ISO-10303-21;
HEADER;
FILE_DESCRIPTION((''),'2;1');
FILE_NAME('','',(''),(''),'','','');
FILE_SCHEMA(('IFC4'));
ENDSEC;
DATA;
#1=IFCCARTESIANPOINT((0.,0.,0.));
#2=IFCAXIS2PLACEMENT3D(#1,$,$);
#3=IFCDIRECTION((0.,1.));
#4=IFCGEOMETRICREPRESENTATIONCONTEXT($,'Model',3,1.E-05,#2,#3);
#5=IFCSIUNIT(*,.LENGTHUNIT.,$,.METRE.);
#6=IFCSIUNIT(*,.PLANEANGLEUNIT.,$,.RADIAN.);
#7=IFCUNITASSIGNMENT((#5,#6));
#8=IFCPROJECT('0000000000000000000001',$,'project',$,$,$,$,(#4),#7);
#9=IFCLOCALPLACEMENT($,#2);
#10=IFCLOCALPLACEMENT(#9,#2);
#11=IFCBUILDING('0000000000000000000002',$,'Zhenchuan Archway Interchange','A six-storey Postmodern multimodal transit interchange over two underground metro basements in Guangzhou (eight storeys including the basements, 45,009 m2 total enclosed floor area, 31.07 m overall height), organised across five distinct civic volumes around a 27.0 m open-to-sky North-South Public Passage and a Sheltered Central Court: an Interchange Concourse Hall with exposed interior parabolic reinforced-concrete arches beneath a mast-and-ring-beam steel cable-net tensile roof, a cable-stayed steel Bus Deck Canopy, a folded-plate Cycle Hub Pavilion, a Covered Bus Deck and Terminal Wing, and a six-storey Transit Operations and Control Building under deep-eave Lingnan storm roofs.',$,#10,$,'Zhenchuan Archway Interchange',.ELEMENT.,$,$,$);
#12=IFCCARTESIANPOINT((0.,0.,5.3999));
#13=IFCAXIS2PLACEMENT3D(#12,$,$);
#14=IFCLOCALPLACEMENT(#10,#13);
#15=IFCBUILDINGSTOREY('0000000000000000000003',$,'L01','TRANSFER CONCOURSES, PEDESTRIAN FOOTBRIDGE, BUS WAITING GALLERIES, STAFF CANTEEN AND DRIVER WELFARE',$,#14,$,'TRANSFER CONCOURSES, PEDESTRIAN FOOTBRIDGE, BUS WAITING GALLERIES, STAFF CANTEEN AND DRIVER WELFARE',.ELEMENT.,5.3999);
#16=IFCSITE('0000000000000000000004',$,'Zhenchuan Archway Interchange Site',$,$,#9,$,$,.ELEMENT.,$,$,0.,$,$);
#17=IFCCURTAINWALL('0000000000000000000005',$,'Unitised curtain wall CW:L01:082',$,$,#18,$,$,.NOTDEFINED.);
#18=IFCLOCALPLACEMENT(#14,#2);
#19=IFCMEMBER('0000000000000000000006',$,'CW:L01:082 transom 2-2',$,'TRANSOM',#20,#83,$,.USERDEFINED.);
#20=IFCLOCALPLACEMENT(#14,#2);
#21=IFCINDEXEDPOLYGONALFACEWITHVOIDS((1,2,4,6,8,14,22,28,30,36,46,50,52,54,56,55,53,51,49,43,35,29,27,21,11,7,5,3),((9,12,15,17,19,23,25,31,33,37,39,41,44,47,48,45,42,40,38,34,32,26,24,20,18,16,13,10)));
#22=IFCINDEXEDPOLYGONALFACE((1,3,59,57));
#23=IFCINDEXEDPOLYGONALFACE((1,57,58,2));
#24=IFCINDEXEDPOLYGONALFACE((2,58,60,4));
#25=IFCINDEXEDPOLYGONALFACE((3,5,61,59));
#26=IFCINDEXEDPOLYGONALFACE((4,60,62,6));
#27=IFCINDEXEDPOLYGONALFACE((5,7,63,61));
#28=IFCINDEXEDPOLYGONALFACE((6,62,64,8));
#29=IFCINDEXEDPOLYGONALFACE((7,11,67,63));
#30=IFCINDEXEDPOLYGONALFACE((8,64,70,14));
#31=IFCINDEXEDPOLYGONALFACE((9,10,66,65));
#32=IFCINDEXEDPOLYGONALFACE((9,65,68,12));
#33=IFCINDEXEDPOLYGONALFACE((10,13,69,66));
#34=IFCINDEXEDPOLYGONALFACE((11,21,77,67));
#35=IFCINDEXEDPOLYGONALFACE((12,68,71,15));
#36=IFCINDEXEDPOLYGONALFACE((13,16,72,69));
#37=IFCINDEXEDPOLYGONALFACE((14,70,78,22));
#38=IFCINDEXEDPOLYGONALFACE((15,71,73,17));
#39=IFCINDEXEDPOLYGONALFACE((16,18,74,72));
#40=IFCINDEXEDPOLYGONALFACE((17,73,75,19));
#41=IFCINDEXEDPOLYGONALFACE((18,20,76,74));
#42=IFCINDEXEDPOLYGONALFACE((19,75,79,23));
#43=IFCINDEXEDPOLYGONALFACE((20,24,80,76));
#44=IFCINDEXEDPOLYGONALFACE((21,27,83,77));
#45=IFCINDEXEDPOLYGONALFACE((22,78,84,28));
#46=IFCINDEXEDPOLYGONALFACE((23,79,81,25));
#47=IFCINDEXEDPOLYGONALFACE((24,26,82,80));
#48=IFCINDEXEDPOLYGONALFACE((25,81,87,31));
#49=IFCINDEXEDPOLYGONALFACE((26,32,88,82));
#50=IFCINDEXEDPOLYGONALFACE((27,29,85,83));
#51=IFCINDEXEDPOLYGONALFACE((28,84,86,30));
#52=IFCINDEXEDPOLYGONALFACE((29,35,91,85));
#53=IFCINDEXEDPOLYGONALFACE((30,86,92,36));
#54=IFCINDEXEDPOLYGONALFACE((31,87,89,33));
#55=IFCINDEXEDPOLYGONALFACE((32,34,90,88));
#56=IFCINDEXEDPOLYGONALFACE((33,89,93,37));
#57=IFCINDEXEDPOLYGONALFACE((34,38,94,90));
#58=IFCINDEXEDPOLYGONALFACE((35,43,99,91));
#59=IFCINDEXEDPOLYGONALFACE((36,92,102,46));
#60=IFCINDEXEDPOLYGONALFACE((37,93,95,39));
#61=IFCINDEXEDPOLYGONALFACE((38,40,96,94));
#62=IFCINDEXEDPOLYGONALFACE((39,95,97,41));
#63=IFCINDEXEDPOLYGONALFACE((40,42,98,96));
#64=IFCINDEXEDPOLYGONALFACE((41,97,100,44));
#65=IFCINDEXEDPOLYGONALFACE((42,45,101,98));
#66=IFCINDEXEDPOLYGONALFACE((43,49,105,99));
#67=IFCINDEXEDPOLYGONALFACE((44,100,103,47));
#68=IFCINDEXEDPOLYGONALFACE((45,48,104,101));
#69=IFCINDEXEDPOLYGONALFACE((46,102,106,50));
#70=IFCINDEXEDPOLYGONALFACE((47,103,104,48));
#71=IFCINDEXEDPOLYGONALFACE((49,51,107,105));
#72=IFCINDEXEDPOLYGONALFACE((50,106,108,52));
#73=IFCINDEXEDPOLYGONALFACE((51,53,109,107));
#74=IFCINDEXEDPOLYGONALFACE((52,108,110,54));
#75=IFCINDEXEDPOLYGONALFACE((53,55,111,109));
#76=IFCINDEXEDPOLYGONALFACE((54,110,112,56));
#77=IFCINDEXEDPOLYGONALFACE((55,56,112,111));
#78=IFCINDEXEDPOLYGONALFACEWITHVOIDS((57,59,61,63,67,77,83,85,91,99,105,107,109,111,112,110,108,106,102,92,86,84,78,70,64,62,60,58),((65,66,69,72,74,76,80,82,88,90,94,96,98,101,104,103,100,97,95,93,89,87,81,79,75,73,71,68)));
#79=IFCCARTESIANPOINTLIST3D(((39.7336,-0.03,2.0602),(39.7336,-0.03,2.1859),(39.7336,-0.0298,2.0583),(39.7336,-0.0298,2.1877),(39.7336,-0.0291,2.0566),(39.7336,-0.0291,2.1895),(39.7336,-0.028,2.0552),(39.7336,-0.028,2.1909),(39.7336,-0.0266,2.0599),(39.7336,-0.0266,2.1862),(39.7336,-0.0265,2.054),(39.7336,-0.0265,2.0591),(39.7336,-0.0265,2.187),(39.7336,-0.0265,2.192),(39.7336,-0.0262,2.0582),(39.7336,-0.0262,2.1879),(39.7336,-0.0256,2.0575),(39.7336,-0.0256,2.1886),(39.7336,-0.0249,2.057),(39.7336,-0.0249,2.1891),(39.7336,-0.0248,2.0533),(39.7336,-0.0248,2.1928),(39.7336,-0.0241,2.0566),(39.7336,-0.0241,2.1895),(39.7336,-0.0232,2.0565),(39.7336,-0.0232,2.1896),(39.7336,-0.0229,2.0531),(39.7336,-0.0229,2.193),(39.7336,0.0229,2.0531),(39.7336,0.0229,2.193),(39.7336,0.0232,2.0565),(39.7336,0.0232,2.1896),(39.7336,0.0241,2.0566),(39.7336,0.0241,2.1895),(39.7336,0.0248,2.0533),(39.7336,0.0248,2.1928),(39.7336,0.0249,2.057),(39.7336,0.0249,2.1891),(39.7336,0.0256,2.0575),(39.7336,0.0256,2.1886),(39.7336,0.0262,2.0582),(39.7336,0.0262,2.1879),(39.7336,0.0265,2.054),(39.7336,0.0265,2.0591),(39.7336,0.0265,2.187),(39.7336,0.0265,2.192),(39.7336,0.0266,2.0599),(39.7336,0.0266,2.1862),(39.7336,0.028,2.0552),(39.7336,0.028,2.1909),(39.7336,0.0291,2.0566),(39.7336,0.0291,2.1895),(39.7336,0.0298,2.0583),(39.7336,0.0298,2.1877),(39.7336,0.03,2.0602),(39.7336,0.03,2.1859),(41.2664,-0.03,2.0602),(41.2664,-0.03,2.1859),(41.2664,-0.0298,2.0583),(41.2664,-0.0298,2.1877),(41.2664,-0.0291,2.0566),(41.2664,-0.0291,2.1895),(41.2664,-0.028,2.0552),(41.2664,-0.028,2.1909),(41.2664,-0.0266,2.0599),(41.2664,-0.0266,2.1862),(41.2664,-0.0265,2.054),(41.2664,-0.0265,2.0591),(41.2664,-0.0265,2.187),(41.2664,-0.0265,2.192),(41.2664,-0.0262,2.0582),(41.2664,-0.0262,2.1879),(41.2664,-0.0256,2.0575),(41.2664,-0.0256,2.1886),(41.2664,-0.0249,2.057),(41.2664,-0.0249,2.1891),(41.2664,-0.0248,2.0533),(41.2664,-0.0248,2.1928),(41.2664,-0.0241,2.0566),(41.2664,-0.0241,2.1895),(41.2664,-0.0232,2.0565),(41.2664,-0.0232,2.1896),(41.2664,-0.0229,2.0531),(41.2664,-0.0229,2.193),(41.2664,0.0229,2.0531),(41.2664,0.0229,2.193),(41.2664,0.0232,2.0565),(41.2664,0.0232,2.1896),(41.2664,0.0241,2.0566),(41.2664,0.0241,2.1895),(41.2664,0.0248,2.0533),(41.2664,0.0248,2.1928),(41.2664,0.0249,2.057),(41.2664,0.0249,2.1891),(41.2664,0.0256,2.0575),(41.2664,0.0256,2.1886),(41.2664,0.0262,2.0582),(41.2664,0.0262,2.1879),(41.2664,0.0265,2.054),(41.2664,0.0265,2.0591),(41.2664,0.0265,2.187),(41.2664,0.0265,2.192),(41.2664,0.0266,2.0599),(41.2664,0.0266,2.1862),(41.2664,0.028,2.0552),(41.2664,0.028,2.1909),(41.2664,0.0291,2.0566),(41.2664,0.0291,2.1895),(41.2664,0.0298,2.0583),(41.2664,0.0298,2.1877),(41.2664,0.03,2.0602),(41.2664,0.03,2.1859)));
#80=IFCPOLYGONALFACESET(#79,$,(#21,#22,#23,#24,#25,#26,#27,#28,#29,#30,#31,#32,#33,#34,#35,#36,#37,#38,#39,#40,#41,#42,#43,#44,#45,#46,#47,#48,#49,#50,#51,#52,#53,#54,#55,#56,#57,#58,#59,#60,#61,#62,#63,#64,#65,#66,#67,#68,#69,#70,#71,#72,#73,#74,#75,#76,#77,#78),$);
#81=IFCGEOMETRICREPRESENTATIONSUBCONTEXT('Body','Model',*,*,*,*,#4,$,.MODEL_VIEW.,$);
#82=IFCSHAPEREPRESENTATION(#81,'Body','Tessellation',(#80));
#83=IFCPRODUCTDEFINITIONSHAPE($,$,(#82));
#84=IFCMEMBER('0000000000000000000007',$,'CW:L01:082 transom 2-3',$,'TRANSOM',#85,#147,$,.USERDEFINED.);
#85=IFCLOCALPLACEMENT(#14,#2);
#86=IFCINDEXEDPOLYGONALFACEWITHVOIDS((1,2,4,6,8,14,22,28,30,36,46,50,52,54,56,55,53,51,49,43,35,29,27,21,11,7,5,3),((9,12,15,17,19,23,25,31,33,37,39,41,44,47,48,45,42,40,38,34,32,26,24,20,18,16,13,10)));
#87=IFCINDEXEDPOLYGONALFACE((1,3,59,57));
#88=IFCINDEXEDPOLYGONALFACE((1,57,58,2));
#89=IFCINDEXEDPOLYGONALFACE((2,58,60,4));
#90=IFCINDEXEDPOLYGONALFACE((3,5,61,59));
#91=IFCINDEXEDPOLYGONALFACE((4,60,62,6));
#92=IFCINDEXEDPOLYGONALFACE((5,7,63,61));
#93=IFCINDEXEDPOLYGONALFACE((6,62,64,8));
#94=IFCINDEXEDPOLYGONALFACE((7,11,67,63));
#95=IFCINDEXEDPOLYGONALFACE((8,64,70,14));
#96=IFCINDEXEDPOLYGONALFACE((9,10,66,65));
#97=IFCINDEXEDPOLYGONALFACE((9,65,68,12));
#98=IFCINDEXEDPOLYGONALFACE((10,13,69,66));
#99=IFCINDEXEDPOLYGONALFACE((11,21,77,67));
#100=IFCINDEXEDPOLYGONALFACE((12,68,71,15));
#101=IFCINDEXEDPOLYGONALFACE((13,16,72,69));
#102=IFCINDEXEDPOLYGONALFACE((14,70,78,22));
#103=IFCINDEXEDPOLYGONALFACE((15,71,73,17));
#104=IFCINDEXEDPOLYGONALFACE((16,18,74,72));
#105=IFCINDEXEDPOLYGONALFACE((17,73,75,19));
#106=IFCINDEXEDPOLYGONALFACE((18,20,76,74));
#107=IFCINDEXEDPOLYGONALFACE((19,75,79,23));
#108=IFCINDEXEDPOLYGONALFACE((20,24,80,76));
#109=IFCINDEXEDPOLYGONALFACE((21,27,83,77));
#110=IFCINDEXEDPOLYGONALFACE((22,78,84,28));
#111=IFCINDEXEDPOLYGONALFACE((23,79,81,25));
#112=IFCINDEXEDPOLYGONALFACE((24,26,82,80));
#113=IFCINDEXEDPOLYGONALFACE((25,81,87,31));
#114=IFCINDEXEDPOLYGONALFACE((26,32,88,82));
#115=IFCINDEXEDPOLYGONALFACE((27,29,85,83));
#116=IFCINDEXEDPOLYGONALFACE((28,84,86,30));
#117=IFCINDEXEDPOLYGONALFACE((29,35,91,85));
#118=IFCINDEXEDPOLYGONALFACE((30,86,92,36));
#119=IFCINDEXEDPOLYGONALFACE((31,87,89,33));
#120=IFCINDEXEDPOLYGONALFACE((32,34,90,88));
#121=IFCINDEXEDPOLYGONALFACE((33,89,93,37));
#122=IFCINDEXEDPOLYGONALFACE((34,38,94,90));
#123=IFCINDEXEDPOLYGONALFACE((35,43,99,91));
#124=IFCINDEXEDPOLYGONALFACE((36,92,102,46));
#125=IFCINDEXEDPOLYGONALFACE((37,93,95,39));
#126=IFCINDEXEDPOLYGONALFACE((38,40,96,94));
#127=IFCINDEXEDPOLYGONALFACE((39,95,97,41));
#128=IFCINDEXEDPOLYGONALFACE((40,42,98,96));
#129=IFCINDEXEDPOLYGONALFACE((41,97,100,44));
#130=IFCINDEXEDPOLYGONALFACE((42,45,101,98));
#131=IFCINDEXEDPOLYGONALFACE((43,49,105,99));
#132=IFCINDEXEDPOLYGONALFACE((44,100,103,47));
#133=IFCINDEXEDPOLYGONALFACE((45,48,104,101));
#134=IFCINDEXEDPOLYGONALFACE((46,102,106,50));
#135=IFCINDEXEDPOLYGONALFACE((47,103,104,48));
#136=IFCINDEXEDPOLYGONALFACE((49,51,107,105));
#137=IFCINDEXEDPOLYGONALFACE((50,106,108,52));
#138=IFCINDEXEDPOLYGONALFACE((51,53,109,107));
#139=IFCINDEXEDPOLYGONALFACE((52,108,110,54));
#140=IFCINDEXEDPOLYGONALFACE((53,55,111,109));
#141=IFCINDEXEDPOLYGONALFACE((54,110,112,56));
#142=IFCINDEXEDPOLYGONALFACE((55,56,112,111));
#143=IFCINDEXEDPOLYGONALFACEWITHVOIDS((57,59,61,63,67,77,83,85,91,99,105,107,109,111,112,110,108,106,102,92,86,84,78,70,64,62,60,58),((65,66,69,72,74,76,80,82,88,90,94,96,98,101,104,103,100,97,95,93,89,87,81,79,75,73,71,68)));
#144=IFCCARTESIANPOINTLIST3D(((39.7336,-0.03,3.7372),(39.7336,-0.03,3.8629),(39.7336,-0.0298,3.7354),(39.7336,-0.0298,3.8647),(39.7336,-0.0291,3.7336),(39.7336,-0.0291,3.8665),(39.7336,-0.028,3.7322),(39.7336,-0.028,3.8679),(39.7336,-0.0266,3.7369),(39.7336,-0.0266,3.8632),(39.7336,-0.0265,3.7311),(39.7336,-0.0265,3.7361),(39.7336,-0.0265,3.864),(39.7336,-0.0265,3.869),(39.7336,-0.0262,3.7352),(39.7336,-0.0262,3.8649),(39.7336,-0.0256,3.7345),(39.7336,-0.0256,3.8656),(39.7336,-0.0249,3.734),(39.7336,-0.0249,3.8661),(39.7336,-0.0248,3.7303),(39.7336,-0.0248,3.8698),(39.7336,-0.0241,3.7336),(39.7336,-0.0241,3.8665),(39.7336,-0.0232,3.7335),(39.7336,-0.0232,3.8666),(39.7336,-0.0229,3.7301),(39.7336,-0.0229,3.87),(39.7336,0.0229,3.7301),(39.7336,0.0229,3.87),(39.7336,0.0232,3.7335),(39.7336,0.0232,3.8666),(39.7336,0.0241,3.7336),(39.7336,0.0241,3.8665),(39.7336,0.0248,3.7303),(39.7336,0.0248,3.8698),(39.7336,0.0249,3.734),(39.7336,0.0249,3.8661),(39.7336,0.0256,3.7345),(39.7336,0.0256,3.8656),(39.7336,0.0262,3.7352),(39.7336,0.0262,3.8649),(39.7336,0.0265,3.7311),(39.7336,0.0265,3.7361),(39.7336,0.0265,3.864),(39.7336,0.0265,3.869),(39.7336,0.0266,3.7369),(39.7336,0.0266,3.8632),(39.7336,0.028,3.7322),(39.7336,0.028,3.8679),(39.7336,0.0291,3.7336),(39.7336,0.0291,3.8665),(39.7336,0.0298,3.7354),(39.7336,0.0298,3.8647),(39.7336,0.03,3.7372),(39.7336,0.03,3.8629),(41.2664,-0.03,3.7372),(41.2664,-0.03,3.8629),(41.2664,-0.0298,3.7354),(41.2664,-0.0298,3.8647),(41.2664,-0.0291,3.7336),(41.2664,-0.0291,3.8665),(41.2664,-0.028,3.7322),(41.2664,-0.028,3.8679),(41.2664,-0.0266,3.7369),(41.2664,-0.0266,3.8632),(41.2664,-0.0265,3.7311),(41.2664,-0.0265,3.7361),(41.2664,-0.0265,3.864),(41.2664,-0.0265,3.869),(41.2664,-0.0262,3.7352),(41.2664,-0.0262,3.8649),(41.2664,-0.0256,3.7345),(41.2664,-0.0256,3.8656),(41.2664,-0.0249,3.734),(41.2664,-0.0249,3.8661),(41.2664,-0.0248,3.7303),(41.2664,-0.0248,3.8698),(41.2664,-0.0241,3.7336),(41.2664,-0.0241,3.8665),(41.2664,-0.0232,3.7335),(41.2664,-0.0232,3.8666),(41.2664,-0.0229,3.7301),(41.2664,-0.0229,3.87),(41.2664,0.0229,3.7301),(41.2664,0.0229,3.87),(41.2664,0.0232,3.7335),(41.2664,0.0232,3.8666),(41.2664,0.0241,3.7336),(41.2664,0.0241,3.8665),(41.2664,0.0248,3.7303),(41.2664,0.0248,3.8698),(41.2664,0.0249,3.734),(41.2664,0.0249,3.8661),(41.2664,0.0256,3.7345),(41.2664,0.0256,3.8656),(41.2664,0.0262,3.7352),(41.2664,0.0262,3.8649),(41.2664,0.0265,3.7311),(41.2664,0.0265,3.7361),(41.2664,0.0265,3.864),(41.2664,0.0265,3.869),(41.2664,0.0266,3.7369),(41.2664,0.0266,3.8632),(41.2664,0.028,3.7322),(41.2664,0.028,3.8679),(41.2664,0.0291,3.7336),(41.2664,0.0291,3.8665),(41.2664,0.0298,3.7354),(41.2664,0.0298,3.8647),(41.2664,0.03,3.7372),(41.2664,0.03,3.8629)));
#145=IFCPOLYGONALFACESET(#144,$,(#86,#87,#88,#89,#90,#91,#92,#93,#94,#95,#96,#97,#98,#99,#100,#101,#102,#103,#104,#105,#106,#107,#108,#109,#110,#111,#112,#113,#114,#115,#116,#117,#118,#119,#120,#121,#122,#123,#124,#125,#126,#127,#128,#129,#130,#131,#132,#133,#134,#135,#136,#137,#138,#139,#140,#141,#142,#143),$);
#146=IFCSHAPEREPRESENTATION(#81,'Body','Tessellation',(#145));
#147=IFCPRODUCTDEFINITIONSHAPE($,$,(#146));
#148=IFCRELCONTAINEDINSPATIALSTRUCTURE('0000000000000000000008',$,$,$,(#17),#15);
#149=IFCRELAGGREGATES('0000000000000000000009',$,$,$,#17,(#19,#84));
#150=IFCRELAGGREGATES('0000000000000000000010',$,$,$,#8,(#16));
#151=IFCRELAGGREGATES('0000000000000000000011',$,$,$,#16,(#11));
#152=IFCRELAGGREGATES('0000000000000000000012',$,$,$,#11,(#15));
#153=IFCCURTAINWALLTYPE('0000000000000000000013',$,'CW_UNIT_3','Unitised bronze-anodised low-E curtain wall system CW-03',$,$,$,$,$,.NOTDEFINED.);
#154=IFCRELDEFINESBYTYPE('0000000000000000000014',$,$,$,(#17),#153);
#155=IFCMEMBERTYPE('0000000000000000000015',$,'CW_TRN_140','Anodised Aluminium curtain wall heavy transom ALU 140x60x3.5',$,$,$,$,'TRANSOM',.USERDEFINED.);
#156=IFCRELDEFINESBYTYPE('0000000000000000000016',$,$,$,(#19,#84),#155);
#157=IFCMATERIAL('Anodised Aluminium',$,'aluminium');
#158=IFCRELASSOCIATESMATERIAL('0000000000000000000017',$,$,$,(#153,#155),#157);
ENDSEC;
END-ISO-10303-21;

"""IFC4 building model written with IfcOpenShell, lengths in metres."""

from ifc_helpers import new_model, si_unit, direction, frame, origin, origin_2d, place, context, subcontext, project, spatial, hollow_rectangle, extrude, material, material_profile, profile_set, type_object, element, aggregate, save


model = new_model("IFC4")

# Units and contexts
model_context = context("Model", 3, precision=1e-05, world=origin(), true_north=direction((0.0, 1.0)))
body_context = subcontext(model_context, "Body", "Model", "MODEL_VIEW")
ifc_project = project(units=[si_unit("LENGTHUNIT", "METRE"), si_unit("PLANEANGLEUNIT", "RADIAN")], contexts=[model_context])

# Site, building, storey
site_placement = place(None, origin())
site = spatial("IfcSite", under=ifc_project, at=site_placement, Name="Zhenchuan Archway Interchange Site", CompositionType="ELEMENT", RefElevation=0.0)
building_placement = place(site_placement, origin())
building = spatial("IfcBuilding", under=site, at=building_placement, Name="Zhenchuan Archway Interchange", Description="A six-storey Postmodern multimodal transit interchange over two underground metro basements in Guangzhou (eight storeys including the basements, 45,009 m2 total enclosed floor area, 31.07 m overall height), organised across five distinct civic volumes around a 27.0 m open-to-sky North-South Public Passage and a Sheltered Central Court: an Interchange Concourse Hall with exposed interior parabolic reinforced-concrete arches beneath a mast-and-ring-beam steel cable-net tensile roof, a cable-stayed steel Bus Deck Canopy, a folded-plate Cycle Hub Pavilion, a Covered Bus Deck and Terminal Wing, and a six-storey Transit Operations and Control Building under deep-eave Lingnan storm roofs.", LongName="Zhenchuan Archway Interchange", CompositionType="ELEMENT")
storey_placement = place(building_placement, frame((0.0, 0.0, 5.3999)))
storey = spatial("IfcBuildingStorey", under=building, at=storey_placement, Name="L01", Description="TRANSFER CONCOURSES, PEDESTRIAN FOOTBRIDGE, BUS WAITING GALLERIES, STAFF CANTEEN AND DRIVER WELFARE", LongName="TRANSFER CONCOURSES, PEDESTRIAN FOOTBRIDGE, BUS WAITING GALLERIES, STAFF CANTEEN AND DRIVER WELFARE", CompositionType="ELEMENT", Elevation=5.3999)

# Curtain wall
ifc_material_1 = material(Name="Anodised Aluminium", Category="aluminium")
curtain_wall_type_1 = type_object("IfcCurtainWallType", Name="CW_UNIT_3", Description="Unitised bronze-anodised low-E curtain wall system CW-03", PredefinedType="NOTDEFINED", material=ifc_material_1)
curtain_wall_1_placement = place(storey_placement, origin())
curtain_wall_1 = element("IfcCurtainWall", 1, at=curtain_wall_1_placement, inside=storey, type_object=curtain_wall_type_1, Name="Unitised curtain wall CW:L01:082", PredefinedType="NOTDEFINED")

# Members
ifc_material_profile_1 = material_profile(ifc_material_1, hollow_rectangle(XDim=0.0601, YDim=0.1399, WallThickness=0.0034, InnerFilletRadius=0.0034, OuterFilletRadius=0.0071, at=origin_2d()), Name="ALU 140x60x3.5")
ifc_profile_set_1 = profile_set([ifc_material_profile_1], Name="Anodised Aluminium")
member_type_1 = type_object("IfcMemberType", Name="CW_TRN_140", Description="Anodised Aluminium curtain wall heavy transom ALU 140x60x3.5", ElementType="TRANSOM", PredefinedType="USERDEFINED", material=ifc_profile_set_1)
member_1_placement = place(storey_placement, frame((41.2664, 0.0, 2.123), z_axis=(-1.0, 0.0, 0.0), x_axis=(0.0, -1.0, 0.0)))
member_1 = element("IfcMember", 2, at=member_1_placement, type_object=member_type_1, Name="CW:L01:082 transom 2-2", ObjectType="TRANSOM", PredefinedType="USERDEFINED", context=body_context, shape_type="SweptSolid", body=[
    extrude(hollow_rectangle(XDim=0.0601, YDim=0.1399, WallThickness=0.0034, InnerFilletRadius=0.0034, OuterFilletRadius=0.0071, at=origin_2d()), origin(), (0.0, 0.0, 1.0), 1.5327),
])
member_2_placement = place(storey_placement, frame((41.2664, 0.0, 3.8), z_axis=(-1.0, 0.0, 0.0), x_axis=(0.0, -1.0, 0.0)))
member_2 = element("IfcMember", 3, at=member_2_placement, type_object=member_type_1, Name="CW:L01:082 transom 2-3", ObjectType="TRANSOM", PredefinedType="USERDEFINED", context=body_context, shape_type="SweptSolid", body=[
    extrude(hollow_rectangle(XDim=0.0601, YDim=0.1399, WallThickness=0.0034, InnerFilletRadius=0.0034, OuterFilletRadius=0.0071, at=origin_2d()), origin(), (0.0, 0.0, 1.0), 1.5327),
])

aggregate(curtain_wall_1, [member_1, member_2])

save(model, "model.ifc")
